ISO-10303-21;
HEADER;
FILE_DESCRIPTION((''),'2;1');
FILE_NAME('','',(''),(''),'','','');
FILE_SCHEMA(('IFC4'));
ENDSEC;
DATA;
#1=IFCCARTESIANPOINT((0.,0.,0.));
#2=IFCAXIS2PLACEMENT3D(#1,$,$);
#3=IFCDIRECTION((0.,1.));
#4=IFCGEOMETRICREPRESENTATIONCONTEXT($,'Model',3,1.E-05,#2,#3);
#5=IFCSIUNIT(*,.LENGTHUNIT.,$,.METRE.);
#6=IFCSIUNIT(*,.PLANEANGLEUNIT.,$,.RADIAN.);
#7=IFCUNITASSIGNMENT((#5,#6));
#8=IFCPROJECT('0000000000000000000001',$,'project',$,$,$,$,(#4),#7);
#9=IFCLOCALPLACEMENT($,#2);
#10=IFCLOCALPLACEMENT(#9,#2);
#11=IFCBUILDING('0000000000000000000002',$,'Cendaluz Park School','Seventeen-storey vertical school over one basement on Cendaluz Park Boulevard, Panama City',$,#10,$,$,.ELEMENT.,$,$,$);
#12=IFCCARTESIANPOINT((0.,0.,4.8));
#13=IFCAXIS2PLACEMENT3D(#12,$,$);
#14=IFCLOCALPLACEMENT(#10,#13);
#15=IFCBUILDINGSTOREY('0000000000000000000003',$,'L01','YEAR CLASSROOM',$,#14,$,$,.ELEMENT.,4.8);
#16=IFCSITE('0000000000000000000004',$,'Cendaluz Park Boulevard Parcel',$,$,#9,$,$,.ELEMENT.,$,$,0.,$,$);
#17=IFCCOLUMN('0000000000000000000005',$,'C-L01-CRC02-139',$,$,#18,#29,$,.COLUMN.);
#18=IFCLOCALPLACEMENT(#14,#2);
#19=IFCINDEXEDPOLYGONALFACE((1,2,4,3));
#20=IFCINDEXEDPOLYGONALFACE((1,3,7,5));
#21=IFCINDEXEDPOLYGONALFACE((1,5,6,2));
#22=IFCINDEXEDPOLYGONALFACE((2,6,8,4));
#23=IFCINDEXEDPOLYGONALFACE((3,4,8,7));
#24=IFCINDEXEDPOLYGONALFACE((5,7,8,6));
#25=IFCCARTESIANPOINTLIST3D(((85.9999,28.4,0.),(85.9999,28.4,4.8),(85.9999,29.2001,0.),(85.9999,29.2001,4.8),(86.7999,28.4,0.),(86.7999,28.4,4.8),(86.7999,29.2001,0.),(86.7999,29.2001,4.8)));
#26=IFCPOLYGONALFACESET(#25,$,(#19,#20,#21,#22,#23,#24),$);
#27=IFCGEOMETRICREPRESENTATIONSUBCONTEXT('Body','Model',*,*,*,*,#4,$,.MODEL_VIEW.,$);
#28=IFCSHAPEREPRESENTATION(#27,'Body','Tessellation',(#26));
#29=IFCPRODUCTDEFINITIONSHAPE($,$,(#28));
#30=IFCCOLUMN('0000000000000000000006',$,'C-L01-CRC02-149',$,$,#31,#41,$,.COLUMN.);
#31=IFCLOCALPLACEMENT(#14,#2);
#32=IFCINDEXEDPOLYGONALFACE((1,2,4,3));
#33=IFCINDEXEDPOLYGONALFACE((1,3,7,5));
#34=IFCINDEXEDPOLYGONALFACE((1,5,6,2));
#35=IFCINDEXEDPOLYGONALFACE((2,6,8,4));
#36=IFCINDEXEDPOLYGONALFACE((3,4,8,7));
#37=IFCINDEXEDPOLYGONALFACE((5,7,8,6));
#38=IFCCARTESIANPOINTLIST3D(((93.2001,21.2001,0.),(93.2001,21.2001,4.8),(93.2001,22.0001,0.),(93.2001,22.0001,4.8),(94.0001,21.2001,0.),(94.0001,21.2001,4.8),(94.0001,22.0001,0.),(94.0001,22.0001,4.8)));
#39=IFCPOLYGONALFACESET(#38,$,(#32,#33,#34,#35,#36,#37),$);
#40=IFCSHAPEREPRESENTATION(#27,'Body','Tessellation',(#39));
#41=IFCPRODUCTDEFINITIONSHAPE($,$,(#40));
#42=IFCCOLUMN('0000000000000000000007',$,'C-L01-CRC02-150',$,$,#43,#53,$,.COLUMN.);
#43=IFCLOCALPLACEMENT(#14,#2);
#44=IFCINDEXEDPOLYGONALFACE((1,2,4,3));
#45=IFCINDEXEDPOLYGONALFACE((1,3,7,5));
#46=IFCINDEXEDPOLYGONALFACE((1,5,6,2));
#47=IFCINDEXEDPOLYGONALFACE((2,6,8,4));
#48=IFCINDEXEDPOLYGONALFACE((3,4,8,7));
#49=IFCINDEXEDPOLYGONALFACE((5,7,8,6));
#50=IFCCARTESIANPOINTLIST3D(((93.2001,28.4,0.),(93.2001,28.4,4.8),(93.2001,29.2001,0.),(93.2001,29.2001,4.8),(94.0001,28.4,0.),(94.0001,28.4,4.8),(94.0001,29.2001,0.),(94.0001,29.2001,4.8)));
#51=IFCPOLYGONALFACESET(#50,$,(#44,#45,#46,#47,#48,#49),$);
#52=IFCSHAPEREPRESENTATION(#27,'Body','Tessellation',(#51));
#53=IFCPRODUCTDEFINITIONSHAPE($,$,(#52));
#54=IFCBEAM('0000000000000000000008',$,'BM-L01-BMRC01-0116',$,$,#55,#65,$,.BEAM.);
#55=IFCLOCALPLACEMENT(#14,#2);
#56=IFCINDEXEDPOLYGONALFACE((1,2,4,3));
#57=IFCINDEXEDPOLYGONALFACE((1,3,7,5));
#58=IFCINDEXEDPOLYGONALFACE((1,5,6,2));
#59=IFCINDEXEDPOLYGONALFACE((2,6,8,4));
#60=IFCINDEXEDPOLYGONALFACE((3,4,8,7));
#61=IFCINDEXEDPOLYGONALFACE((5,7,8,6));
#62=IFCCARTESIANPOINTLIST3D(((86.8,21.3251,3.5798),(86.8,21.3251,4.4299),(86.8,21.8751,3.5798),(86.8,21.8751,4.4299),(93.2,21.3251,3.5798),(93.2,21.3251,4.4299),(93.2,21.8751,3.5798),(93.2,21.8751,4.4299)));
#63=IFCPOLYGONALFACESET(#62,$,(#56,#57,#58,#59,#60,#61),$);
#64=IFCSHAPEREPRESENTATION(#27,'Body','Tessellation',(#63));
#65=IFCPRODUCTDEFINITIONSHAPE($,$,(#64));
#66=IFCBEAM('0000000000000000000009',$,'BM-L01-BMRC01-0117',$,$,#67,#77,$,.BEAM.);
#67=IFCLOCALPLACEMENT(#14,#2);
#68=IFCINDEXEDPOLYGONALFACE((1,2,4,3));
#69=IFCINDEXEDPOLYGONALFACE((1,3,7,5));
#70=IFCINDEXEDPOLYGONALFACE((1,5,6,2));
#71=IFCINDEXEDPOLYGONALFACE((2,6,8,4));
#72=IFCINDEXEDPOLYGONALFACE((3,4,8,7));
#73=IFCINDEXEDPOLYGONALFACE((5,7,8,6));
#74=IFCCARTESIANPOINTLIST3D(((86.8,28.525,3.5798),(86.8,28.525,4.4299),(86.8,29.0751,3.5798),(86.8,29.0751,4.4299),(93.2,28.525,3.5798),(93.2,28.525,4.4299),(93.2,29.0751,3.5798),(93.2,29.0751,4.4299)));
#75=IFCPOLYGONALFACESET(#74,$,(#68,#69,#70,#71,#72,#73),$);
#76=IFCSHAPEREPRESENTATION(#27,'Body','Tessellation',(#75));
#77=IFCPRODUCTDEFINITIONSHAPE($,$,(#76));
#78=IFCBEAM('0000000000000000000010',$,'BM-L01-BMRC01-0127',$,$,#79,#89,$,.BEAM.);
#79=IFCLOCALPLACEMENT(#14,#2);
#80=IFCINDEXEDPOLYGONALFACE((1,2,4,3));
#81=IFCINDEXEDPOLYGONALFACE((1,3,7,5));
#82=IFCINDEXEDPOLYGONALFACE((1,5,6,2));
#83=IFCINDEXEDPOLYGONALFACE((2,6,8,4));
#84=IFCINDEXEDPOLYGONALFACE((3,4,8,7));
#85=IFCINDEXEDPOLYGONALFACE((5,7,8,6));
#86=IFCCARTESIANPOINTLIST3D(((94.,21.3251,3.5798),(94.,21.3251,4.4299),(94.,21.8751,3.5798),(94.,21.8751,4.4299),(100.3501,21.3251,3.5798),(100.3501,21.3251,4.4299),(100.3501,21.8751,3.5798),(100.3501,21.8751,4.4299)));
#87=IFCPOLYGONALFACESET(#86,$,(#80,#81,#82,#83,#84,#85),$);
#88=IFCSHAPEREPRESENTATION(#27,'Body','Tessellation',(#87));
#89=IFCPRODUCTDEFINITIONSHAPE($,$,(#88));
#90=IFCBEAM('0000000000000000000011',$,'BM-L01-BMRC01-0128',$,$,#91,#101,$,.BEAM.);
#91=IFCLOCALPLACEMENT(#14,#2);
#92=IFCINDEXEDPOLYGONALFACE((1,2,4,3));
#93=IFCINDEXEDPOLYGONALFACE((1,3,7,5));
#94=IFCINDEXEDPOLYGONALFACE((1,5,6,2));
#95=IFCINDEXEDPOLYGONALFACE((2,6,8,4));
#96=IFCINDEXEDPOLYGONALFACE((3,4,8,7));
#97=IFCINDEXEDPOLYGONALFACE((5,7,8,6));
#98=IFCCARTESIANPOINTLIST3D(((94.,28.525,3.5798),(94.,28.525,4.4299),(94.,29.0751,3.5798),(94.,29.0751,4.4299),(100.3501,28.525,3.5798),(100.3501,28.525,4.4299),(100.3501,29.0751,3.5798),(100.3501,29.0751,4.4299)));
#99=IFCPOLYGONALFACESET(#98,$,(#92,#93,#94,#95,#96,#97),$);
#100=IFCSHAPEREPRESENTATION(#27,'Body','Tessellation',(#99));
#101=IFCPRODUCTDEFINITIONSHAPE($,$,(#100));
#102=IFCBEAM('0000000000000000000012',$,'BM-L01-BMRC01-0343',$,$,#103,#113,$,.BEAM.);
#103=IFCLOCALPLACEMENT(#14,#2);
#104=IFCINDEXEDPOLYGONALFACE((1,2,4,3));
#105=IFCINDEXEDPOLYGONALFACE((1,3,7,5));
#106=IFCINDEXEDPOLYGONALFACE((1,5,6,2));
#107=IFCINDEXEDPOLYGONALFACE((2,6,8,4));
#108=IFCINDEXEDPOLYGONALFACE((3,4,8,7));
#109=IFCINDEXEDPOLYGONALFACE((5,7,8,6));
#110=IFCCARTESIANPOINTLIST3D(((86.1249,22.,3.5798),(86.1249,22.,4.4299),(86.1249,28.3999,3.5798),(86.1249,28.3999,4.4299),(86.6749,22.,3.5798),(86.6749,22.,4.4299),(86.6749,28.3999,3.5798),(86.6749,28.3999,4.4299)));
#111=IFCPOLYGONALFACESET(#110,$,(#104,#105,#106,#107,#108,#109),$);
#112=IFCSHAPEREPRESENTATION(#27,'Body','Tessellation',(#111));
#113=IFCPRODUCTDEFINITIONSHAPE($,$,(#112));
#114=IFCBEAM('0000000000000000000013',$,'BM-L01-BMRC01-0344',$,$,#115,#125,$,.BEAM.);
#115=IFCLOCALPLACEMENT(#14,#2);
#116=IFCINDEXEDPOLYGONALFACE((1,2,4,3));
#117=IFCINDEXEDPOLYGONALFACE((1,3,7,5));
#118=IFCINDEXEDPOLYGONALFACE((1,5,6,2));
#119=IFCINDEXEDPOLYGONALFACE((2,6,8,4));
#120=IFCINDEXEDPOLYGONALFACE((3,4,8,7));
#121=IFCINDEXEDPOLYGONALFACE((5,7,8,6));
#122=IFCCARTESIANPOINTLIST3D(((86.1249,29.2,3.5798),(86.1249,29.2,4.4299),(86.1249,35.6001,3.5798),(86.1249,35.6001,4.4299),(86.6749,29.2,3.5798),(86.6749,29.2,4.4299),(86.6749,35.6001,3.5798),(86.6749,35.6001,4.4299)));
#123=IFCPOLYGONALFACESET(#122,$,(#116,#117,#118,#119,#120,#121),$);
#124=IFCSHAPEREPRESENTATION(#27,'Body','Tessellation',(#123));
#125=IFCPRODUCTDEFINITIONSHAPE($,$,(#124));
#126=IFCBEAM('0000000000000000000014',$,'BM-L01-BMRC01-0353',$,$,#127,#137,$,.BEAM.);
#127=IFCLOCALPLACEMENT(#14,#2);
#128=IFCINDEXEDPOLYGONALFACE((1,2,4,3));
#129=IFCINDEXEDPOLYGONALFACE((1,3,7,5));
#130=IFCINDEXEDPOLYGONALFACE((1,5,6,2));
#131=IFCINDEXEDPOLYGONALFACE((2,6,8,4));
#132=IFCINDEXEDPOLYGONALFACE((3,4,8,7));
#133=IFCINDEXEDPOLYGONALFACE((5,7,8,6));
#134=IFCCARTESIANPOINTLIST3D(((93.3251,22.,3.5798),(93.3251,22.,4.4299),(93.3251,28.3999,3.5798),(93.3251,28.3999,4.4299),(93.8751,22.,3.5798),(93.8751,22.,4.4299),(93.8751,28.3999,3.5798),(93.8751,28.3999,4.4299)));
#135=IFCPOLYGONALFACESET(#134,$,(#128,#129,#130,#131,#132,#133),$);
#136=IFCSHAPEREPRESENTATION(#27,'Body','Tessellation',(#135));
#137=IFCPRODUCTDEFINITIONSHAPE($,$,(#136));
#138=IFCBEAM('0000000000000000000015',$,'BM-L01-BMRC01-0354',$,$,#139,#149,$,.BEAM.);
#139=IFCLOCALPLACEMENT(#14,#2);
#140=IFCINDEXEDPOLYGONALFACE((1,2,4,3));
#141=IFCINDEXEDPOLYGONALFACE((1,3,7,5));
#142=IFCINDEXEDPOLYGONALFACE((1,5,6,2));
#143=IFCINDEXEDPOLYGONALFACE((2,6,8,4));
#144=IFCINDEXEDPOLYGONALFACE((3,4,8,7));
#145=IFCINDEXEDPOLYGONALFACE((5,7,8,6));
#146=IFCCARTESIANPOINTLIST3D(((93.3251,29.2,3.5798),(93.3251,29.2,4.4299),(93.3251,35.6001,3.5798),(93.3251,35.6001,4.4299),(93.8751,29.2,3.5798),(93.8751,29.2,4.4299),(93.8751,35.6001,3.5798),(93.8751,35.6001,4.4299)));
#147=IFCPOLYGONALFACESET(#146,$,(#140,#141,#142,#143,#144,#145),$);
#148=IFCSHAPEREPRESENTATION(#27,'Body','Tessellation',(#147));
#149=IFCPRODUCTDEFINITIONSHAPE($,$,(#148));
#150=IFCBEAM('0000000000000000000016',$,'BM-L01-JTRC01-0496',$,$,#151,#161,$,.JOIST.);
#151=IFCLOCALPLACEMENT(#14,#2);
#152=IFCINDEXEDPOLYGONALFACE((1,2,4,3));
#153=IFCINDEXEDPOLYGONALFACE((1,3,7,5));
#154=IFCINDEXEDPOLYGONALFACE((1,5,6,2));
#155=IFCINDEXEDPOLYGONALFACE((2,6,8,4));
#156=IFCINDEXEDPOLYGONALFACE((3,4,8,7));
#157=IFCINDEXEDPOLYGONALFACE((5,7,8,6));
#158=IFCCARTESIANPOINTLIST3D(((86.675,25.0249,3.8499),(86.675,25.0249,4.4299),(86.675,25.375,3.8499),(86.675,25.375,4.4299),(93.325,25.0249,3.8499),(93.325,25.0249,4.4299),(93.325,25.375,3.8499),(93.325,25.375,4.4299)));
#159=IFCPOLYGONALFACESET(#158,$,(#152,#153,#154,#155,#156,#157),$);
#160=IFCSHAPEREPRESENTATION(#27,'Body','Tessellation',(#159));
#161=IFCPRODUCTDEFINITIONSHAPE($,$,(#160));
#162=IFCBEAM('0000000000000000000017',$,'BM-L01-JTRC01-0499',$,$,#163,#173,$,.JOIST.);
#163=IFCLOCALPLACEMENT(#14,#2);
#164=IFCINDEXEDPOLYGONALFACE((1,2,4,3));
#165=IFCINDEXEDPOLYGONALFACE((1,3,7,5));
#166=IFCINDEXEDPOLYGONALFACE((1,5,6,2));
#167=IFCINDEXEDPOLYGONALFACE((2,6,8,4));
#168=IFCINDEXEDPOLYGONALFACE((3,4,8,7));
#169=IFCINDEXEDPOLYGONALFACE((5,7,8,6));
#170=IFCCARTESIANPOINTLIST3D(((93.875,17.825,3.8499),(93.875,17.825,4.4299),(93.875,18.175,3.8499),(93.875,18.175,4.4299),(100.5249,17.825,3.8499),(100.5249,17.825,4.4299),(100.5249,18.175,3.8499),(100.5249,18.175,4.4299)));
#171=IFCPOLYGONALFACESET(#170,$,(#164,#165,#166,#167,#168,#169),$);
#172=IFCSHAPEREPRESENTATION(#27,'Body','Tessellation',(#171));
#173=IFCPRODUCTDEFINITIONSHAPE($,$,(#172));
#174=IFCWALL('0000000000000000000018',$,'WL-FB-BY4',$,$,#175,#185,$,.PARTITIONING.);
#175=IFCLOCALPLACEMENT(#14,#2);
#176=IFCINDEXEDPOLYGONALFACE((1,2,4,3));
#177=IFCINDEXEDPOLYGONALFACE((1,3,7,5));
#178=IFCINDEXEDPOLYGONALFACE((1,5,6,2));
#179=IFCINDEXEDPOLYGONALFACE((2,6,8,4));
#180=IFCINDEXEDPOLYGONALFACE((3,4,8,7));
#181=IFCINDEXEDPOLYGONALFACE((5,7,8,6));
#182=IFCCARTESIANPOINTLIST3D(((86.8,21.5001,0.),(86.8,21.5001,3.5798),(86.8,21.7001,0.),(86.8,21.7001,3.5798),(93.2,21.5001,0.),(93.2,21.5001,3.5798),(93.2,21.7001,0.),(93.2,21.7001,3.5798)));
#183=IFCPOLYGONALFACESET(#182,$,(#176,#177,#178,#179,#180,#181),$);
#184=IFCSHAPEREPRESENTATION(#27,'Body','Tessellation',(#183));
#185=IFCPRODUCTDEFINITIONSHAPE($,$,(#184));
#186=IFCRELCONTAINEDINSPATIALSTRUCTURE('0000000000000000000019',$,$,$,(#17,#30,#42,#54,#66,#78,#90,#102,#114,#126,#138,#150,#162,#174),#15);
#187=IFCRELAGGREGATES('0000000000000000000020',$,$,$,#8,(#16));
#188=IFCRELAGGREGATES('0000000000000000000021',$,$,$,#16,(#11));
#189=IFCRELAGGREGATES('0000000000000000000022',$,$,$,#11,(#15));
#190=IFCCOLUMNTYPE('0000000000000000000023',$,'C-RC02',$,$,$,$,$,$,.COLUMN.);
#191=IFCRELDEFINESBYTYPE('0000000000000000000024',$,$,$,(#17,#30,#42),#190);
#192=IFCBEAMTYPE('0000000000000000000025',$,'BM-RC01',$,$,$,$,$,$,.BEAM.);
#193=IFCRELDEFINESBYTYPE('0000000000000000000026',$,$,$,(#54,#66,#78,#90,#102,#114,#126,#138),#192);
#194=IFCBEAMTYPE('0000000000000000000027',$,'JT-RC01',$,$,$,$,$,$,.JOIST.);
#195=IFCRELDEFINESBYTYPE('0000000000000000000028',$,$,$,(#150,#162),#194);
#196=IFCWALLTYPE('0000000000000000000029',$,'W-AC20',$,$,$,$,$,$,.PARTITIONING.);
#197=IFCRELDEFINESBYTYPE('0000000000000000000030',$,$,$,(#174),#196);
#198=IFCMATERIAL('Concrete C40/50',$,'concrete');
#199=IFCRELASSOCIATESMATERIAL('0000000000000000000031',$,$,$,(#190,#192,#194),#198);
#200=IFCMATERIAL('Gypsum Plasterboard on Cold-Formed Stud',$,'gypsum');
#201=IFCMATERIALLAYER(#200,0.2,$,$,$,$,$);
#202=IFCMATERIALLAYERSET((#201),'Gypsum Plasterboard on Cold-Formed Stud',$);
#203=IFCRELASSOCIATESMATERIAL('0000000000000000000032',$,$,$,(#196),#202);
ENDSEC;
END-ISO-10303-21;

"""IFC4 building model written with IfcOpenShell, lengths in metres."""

from ifc_helpers import new_model, si_unit, direction, frame, frame_2d, origin, origin_2d, place, context, subcontext, project, spatial, rectangle, extrude, material, layer, layer_set, material_profile, profile_set, type_object, element, save


model = new_model("IFC4")

# Units and contexts
model_context = context("Model", 3, precision=1e-05, world=origin(), true_north=direction((0.0, 1.0)))
body_context = subcontext(model_context, "Body", "Model", "MODEL_VIEW")
ifc_project = project(units=[si_unit("LENGTHUNIT", "METRE"), si_unit("PLANEANGLEUNIT", "RADIAN")], contexts=[model_context])

# Site, building, storey
site_placement = place(None, origin())
site = spatial("IfcSite", under=ifc_project, at=site_placement, Name="Cendaluz Park Boulevard Parcel", CompositionType="ELEMENT", RefElevation=0.0)
building_placement = place(site_placement, origin())
building = spatial("IfcBuilding", under=site, at=building_placement, Name="Cendaluz Park School", Description="Seventeen-storey vertical school over one basement on Cendaluz Park Boulevard, Panama City", CompositionType="ELEMENT")
storey_placement = place(building_placement, frame((0.0, 0.0, 4.8)))
storey = spatial("IfcBuildingStorey", under=building, at=storey_placement, Name="L01", Description="YEAR CLASSROOM", CompositionType="ELEMENT", Elevation=4.8)

# Columns
ifc_material_1 = material(Name="Concrete C40/50", Category="concrete")
ifc_material_profile_1 = material_profile(ifc_material_1, rectangle(XDim=0.8, YDim=0.8, at=origin_2d()), Name="RC 800x800", Category="concrete")
ifc_profile_set_1 = profile_set([ifc_material_profile_1], Name="Concrete C40/50")
column_type = type_object("IfcColumnType", Name="C-RC02", PredefinedType="COLUMN", material=ifc_profile_set_1)
for number, where, z_axis, x_axis, name in (
    (1, (86.3999, 28.8, 0.0), (0.0, 0.0, 1.0), (1.0, 0.0, 0.0), "C-L01-CRC02-139"),
    (2, (93.6001, 21.6001, 0.0), (0.0, 0.0, 1.0), (1.0, 0.0, 0.0), "C-L01-CRC02-149"),
    (3, (93.6001, 28.8, 0.0), (0.0, 0.0, 1.0), (1.0, 0.0, 0.0), "C-L01-CRC02-150"),
):
    element("IfcColumn", number, at=place(storey_placement, frame(where, z_axis=z_axis, x_axis=x_axis)), inside=storey, type_object=column_type, Name=name, PredefinedType="COLUMN", context=body_context, shape_type="SweptSolid", body=[
        extrude(rectangle(XDim=0.8, YDim=0.8, at=origin_2d()), origin(), (0.0, 0.0, 1.0), 4.8),
    ])

# Beams
ifc_material_profile_2 = material_profile(ifc_material_1, rectangle(XDim=0.55, YDim=0.8501, at=origin_2d()), Name="RC 550x850", Category="concrete")
ifc_profile_set_2 = profile_set([ifc_material_profile_2], Name="Concrete C40/50")
beam_type_1 = type_object("IfcBeamType", Name="BM-RC01", PredefinedType="BEAM", material=ifc_profile_set_2)
for number, where, z_axis, x_axis, name in (
    (4, (86.8, 21.6001, 4.0049), (1.0, 0.0, 0.0), (0.0, 1.0, 0.0), "BM-L01-BMRC01-0116"),
    (5, (86.8, 28.8, 4.0049), (1.0, 0.0, 0.0), (0.0, 1.0, 0.0), "BM-L01-BMRC01-0117"),
):
    element("IfcBeam", number, at=place(storey_placement, frame(where, z_axis=z_axis, x_axis=x_axis)), inside=storey, type_object=beam_type_1, Name=name, PredefinedType="BEAM", context=body_context, shape_type="SweptSolid", body=[
        extrude(rectangle(XDim=0.55, YDim=0.8501, at=origin_2d()), origin(), (0.0, 0.0, 1.0), 6.3999),
    ])
for number, where, z_axis, x_axis, name in (
    (6, (94.0, 21.6001, 4.0049), (1.0, 0.0, 0.0), (0.0, 1.0, 0.0), "BM-L01-BMRC01-0127"),
    (7, (94.0, 28.8, 4.0049), (1.0, 0.0, 0.0), (0.0, 1.0, 0.0), "BM-L01-BMRC01-0128"),
):
    element("IfcBeam", number, at=place(storey_placement, frame(where, z_axis=z_axis, x_axis=x_axis)), inside=storey, type_object=beam_type_1, Name=name, PredefinedType="BEAM", context=body_context, shape_type="SweptSolid", body=[
        extrude(rectangle(XDim=0.55, YDim=0.8501, at=origin_2d()), origin(), (0.0, 0.0, 1.0), 6.3501),
    ])
beam_1_placement = place(storey_placement, frame((86.3999, 22.0, 4.0049), z_axis=(0.0, 1.0, 0.0), x_axis=(-1.0, 0.0, 0.0)))
element("IfcBeam", 8, at=beam_1_placement, inside=storey, type_object=beam_type_1, Name="BM-L01-BMRC01-0343", PredefinedType="BEAM", context=body_context, shape_type="SweptSolid", body=[
    extrude(rectangle(XDim=0.55, YDim=0.8501, at=origin_2d()), origin(), (0.0, 0.0, 1.0), 6.3999),
])
beam_2_placement = place(storey_placement, frame((86.3999, 29.2, 4.0049), z_axis=(0.0, 1.0, 0.0), x_axis=(-1.0, 0.0, 0.0)))
element("IfcBeam", 9, at=beam_2_placement, inside=storey, type_object=beam_type_1, Name="BM-L01-BMRC01-0344", PredefinedType="BEAM", context=body_context, shape_type="SweptSolid", body=[
    extrude(rectangle(XDim=0.55, YDim=0.8501, at=origin_2d()), origin(), (0.0, 0.0, 1.0), 6.4001),
])
beam_3_placement = place(storey_placement, frame((93.6001, 22.0, 4.0049), z_axis=(0.0, 1.0, 0.0), x_axis=(-1.0, 0.0, 0.0)))
element("IfcBeam", 10, at=beam_3_placement, inside=storey, type_object=beam_type_1, Name="BM-L01-BMRC01-0353", PredefinedType="BEAM", context=body_context, shape_type="SweptSolid", body=[
    extrude(rectangle(XDim=0.55, YDim=0.8501, at=origin_2d()), origin(), (0.0, 0.0, 1.0), 6.3999),
])
beam_4_placement = place(storey_placement, frame((93.6001, 29.2, 4.0049), z_axis=(0.0, 1.0, 0.0), x_axis=(-1.0, 0.0, 0.0)))
element("IfcBeam", 11, at=beam_4_placement, inside=storey, type_object=beam_type_1, Name="BM-L01-BMRC01-0354", PredefinedType="BEAM", context=body_context, shape_type="SweptSolid", body=[
    extrude(rectangle(XDim=0.55, YDim=0.8501, at=origin_2d()), origin(), (0.0, 0.0, 1.0), 6.4001),
])
ifc_material_profile_3 = material_profile(ifc_material_1, rectangle(XDim=0.3501, YDim=0.5801, at=origin_2d()), Name="RC 350x580", Category="concrete")
ifc_profile_set_3 = profile_set([ifc_material_profile_3], Name="Concrete C40/50")
beam_type_2 = type_object("IfcBeamType", Name="JT-RC01", PredefinedType="JOIST", material=ifc_profile_set_3)
for number, where, z_axis, x_axis, name in (
    (12, (86.675, 25.2, 4.1399), (1.0, 0.0, 0.0), (0.0, 1.0, 0.0), "BM-L01-JTRC01-0496"),
    (13, (93.875, 18.0, 4.1399), (1.0, 0.0, 0.0), (0.0, 1.0, 0.0), "BM-L01-JTRC01-0499"),
):
    element("IfcBeam", number, at=place(storey_placement, frame(where, z_axis=z_axis, x_axis=x_axis)), inside=storey, type_object=beam_type_2, Name=name, PredefinedType="JOIST", context=body_context, shape_type="SweptSolid", body=[
        extrude(rectangle(XDim=0.3501, YDim=0.5801, at=origin_2d()), origin(), (0.0, 0.0, 1.0), 6.6499),
    ])

# Wall
ifc_material_2 = material(Name="Gypsum Plasterboard on Cold-Formed Stud", Category="gypsum")
ifc_layer_1 = layer(ifc_material_2, 0.2)
ifc_layer_set_1 = layer_set([ifc_layer_1], Name="Gypsum Plasterboard on Cold-Formed Stud")
wall_type_1 = type_object("IfcWallType", Name="W-AC20", PredefinedType="PARTITIONING", material=ifc_layer_set_1)
wall_1_placement = place(storey_placement, frame((86.8, 21.6001, 0.0), z_axis=(0.0, 0.0, 1.0), x_axis=(1.0, 0.0, 0.0)))
element("IfcWall", 14, at=wall_1_placement, inside=storey, type_object=wall_type_1, Name="WL-FB-BY4", PredefinedType="PARTITIONING", context=body_context, shape_type="SweptSolid", body=[
    extrude(rectangle(XDim=6.3999, YDim=0.2, at=frame_2d((3.2, 0.0))), origin(), (0.0, 0.0, 1.0), 3.5798),
])

save(model, "model.ifc")
